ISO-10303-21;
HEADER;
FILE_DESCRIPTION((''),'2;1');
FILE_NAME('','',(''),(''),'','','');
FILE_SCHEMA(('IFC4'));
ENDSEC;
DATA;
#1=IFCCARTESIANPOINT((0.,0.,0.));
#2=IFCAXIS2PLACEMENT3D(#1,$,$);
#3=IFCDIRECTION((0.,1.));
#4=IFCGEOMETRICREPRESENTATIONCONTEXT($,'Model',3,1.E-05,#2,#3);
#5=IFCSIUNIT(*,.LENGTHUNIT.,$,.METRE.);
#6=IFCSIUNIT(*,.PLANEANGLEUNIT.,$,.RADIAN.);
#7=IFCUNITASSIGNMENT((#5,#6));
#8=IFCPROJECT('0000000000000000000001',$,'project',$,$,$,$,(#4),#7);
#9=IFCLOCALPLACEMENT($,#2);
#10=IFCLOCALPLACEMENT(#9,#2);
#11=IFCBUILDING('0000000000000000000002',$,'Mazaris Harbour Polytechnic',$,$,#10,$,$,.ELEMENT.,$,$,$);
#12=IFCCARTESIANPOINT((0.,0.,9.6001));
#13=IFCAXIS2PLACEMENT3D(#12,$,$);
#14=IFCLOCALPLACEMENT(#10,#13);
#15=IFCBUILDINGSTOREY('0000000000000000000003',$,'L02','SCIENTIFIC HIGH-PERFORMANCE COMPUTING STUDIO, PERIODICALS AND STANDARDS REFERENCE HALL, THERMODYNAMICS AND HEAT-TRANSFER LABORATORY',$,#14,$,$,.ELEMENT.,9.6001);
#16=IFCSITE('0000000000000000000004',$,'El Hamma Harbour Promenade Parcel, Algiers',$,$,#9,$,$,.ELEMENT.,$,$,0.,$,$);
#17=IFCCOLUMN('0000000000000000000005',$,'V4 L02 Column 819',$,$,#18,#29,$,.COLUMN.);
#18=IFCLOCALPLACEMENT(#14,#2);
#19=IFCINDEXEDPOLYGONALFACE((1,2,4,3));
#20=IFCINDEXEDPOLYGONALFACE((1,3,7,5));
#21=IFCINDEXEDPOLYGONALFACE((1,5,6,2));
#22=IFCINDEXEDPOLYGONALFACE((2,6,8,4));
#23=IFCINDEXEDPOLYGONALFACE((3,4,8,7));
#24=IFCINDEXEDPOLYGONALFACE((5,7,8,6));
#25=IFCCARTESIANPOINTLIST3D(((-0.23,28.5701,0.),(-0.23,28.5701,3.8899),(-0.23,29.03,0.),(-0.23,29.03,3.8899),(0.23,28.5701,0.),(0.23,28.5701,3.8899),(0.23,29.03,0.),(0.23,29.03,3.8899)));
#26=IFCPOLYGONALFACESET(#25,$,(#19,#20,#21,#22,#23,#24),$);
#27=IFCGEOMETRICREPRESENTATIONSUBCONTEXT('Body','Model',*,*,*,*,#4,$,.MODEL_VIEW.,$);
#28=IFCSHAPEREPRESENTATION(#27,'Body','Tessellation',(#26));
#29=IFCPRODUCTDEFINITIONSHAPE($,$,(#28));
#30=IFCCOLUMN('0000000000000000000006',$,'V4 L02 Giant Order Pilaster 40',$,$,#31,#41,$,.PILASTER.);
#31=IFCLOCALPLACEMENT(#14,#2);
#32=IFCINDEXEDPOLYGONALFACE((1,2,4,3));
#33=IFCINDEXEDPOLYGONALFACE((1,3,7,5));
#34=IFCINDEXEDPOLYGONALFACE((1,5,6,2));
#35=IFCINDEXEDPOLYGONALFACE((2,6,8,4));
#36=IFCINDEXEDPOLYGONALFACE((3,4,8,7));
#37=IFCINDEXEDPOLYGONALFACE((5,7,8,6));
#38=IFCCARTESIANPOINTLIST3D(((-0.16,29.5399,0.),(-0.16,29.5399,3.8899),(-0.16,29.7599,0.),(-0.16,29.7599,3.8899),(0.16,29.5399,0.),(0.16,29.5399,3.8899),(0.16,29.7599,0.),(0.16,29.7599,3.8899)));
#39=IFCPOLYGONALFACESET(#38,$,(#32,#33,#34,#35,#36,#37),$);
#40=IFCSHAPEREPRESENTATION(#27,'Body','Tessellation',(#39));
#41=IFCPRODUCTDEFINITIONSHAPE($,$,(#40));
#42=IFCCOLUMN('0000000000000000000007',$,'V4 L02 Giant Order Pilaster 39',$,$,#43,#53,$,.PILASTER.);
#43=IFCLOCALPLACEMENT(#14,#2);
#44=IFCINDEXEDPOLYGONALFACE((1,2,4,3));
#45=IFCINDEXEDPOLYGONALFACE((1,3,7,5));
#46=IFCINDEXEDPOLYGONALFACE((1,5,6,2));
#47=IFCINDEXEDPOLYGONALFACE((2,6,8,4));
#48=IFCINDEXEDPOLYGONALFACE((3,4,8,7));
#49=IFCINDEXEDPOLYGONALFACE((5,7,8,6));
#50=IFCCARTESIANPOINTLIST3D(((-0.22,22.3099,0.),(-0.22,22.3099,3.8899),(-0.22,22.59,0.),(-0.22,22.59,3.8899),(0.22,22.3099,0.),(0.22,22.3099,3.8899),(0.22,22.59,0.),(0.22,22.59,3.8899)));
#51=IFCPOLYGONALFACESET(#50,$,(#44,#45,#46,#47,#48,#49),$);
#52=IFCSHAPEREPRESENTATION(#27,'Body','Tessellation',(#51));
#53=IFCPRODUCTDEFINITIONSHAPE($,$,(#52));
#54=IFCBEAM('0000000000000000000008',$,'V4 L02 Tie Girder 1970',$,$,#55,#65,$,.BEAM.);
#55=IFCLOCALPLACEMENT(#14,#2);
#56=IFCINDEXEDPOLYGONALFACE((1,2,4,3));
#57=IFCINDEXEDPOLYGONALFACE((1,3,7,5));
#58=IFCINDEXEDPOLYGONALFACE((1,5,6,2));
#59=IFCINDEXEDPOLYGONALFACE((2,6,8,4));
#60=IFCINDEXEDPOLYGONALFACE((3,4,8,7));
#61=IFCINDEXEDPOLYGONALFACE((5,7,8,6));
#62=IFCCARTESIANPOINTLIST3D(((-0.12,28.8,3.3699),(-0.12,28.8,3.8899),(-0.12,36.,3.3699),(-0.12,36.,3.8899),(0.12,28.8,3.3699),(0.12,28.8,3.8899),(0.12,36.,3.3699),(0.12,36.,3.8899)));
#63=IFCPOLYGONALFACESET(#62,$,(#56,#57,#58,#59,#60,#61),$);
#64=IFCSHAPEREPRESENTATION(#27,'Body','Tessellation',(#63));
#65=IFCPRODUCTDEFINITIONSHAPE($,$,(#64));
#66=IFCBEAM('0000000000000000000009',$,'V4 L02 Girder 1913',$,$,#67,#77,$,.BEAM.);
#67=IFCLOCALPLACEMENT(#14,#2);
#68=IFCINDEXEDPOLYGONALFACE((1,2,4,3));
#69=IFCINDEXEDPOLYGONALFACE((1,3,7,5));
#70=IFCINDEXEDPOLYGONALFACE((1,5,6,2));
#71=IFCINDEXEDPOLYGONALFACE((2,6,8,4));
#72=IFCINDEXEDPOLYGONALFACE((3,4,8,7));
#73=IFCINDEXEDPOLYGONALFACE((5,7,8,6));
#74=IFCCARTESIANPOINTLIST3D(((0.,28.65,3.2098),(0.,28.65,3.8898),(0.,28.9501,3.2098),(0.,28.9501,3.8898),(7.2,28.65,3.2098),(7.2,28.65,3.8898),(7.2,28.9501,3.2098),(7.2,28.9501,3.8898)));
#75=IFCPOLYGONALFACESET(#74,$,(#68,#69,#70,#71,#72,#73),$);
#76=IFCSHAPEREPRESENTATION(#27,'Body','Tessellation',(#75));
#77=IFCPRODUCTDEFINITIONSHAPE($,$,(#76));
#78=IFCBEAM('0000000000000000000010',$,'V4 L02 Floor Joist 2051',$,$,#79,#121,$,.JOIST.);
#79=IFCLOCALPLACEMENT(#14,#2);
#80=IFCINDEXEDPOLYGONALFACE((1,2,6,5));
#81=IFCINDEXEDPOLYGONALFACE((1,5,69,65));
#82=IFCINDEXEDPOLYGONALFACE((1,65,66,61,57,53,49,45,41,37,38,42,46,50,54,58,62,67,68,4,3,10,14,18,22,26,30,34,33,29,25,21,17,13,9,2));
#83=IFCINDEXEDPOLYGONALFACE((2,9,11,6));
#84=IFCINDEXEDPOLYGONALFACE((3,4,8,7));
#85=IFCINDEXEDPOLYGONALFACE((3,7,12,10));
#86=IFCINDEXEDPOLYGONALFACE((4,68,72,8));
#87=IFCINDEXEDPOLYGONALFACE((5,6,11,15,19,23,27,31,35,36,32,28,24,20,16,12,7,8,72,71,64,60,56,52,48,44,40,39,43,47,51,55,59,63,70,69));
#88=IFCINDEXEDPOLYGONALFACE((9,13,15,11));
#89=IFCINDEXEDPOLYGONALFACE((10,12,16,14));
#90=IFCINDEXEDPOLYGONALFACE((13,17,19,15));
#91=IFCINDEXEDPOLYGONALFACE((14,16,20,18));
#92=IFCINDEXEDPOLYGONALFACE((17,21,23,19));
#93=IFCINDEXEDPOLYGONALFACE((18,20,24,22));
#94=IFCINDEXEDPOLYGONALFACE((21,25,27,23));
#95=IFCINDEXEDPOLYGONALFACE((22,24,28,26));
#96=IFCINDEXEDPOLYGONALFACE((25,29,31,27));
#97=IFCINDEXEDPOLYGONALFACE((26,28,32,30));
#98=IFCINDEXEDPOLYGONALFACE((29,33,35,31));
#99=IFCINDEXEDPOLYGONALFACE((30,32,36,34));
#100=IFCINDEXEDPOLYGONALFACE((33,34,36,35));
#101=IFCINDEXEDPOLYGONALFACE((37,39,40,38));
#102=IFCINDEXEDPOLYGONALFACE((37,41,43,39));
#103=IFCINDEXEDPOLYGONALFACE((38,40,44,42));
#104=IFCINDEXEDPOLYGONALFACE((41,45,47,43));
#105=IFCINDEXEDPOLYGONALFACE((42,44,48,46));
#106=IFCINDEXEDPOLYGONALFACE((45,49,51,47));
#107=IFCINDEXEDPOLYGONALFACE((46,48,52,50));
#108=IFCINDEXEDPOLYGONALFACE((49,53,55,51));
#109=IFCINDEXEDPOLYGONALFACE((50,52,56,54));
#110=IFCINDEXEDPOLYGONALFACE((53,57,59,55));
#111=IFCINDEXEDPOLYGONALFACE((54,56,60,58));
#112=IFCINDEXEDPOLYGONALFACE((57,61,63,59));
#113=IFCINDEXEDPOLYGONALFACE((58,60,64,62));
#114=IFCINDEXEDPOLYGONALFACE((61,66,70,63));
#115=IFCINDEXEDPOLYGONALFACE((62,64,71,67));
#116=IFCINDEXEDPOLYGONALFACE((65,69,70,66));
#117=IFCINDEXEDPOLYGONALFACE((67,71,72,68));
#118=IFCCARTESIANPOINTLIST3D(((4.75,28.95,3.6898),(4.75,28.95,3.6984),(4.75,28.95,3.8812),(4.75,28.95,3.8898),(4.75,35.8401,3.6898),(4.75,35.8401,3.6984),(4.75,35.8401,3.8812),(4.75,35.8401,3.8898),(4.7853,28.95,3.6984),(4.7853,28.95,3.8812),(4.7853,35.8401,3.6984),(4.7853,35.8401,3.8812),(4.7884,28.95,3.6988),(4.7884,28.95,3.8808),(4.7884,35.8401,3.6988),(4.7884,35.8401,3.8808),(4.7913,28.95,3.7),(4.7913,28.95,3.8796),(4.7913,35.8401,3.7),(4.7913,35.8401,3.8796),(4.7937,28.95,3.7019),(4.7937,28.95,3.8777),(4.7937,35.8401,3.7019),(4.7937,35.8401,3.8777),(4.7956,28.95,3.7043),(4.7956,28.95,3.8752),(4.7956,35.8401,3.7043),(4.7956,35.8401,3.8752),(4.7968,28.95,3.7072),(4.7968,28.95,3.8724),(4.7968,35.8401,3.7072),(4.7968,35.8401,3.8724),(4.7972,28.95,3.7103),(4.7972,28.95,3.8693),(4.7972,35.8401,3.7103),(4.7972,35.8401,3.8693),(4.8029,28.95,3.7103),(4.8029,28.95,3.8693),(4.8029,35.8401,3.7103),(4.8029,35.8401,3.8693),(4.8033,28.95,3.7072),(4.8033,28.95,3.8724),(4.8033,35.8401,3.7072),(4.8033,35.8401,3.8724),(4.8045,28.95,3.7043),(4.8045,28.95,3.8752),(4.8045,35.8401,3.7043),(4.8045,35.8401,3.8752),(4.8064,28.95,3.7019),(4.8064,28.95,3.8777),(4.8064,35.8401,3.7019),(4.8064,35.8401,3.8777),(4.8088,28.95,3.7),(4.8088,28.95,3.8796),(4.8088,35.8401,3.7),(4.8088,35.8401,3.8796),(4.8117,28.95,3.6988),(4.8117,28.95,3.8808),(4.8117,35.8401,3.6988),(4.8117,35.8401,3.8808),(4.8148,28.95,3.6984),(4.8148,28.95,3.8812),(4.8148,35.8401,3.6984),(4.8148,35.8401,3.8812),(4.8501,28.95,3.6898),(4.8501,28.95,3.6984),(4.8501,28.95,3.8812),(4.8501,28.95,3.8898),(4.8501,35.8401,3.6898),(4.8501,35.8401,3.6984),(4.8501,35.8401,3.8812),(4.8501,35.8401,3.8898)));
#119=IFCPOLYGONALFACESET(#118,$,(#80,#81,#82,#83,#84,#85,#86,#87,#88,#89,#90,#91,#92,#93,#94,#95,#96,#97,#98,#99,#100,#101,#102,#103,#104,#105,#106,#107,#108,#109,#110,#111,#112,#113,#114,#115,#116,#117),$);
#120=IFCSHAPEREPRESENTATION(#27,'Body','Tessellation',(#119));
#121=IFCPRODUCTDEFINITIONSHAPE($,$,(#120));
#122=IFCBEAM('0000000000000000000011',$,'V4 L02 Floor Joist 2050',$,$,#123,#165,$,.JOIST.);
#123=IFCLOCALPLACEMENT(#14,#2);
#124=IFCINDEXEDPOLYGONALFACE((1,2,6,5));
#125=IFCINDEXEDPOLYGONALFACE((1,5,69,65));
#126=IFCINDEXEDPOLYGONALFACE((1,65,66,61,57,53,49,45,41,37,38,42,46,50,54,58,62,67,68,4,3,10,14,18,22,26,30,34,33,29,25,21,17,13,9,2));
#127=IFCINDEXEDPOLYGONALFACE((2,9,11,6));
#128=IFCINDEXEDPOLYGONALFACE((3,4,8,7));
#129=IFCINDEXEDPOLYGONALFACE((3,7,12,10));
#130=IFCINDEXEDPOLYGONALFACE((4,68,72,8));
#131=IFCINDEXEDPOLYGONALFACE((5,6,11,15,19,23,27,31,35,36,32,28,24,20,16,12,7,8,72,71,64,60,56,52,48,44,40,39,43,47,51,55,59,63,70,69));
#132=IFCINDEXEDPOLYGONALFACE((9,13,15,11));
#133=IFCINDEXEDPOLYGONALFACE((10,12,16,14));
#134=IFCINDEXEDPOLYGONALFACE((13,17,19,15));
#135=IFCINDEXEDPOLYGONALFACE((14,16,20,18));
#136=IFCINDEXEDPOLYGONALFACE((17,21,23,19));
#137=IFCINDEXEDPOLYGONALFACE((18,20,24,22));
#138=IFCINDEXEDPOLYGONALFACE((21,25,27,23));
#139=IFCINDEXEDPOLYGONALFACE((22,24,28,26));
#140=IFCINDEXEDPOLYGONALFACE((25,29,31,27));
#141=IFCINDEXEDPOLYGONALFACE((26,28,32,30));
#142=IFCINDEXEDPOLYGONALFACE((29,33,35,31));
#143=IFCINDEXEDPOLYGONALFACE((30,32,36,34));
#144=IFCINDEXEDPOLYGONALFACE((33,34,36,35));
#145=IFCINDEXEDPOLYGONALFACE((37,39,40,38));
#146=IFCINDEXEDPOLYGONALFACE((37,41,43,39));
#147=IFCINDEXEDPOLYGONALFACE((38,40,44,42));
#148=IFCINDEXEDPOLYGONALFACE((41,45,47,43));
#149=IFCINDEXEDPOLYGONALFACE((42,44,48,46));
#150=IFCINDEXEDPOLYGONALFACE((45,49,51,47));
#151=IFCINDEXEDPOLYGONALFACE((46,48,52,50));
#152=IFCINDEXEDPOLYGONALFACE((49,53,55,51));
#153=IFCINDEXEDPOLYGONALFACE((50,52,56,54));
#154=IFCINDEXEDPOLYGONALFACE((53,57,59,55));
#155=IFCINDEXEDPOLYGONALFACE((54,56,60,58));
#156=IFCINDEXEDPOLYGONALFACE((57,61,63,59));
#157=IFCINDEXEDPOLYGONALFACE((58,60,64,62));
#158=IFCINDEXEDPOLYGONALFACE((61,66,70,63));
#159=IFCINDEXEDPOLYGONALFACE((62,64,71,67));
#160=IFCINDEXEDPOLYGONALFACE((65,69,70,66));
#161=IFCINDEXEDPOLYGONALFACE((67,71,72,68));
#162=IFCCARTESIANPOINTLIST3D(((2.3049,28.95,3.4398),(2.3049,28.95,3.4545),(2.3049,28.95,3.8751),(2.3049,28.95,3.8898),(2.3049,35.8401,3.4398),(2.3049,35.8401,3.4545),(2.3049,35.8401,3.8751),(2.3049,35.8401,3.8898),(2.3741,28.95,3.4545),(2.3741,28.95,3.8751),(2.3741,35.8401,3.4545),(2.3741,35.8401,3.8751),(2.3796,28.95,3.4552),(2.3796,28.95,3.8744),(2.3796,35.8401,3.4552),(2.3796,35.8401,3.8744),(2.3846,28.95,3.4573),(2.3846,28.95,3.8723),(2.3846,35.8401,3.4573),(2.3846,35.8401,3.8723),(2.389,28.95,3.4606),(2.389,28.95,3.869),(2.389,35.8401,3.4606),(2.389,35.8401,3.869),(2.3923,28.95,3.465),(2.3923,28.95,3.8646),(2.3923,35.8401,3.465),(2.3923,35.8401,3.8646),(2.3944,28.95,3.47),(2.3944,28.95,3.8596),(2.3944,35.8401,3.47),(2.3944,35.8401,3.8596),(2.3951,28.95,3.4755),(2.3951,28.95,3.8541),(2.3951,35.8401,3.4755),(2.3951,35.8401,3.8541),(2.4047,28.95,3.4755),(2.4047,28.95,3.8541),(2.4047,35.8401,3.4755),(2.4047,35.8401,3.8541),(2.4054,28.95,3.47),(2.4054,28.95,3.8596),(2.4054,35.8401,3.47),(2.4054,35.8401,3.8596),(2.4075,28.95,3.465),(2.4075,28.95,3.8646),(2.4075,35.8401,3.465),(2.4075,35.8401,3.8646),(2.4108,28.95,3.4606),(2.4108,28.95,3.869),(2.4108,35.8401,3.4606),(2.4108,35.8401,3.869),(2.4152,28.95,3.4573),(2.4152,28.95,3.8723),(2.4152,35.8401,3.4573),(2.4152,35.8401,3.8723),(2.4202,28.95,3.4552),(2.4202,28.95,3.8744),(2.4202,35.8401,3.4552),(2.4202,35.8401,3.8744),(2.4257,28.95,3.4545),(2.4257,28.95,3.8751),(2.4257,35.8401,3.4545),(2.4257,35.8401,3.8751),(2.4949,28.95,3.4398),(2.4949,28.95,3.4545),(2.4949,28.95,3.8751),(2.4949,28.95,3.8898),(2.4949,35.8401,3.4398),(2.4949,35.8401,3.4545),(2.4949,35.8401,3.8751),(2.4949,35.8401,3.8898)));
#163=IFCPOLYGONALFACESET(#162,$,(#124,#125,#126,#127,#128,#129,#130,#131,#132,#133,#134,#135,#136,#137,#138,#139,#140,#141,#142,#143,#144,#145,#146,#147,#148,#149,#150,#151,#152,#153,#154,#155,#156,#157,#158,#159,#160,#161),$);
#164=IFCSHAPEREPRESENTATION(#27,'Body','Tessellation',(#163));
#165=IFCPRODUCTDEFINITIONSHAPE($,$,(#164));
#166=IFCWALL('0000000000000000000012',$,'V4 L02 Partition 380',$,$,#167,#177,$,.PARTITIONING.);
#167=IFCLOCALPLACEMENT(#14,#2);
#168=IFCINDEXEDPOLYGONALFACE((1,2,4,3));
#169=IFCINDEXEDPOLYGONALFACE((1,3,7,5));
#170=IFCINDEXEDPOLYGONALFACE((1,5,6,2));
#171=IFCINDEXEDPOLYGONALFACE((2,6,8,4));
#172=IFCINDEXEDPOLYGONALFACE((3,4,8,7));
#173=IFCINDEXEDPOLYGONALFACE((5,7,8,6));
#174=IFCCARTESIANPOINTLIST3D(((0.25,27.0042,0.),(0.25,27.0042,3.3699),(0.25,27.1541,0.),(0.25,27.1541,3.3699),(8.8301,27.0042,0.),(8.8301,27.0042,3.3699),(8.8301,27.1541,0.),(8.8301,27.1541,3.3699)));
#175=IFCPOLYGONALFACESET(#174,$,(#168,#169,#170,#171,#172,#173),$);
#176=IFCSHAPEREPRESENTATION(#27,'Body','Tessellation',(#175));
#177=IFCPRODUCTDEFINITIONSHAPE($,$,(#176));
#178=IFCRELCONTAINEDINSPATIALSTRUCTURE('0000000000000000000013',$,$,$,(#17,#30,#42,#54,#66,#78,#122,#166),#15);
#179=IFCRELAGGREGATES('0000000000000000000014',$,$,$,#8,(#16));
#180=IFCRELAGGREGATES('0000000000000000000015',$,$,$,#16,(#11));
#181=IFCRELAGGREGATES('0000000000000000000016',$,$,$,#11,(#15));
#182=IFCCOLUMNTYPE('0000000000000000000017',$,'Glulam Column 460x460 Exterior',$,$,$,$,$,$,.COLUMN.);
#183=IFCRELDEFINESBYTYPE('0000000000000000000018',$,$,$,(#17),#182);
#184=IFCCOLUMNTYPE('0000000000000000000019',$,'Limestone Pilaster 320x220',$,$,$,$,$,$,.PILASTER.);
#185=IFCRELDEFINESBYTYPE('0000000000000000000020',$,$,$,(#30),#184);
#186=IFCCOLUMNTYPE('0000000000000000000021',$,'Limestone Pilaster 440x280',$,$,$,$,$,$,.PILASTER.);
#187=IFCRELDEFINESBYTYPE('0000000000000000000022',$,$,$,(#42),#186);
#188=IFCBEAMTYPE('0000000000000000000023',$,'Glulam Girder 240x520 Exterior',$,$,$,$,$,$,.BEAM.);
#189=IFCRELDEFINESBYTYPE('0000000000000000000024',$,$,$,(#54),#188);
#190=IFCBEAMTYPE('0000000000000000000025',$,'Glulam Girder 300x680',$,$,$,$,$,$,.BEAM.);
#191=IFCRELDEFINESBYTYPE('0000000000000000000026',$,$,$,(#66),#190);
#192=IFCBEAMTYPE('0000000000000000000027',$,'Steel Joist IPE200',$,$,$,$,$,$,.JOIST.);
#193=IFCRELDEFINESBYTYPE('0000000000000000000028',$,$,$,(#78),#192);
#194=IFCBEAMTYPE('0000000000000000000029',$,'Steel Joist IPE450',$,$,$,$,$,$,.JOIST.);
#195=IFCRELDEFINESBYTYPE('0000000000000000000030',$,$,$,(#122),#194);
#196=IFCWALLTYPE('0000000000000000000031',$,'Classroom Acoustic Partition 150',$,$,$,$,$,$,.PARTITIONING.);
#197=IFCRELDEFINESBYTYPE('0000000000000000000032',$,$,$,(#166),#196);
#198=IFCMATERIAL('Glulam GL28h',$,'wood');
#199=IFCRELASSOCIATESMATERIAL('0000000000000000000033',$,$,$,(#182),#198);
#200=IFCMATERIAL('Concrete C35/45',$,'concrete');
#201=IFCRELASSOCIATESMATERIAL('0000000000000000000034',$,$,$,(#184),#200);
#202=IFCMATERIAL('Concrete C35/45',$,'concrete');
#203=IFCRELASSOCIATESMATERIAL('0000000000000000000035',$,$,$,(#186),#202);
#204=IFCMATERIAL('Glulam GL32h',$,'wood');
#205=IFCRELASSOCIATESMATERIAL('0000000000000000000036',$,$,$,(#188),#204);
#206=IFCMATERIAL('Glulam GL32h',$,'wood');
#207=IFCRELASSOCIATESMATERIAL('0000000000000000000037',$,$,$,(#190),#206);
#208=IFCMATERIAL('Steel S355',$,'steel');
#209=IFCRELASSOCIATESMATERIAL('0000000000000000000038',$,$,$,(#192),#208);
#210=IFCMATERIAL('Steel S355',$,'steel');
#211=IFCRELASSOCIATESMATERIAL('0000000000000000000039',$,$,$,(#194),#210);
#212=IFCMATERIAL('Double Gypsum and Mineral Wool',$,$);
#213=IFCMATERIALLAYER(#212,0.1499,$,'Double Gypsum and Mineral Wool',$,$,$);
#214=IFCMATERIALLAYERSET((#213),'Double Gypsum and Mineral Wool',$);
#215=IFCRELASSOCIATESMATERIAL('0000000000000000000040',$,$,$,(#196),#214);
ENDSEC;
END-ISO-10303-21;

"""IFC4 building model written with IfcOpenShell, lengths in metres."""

from ifc_helpers import new_model, si_unit, direction, frame, frame_2d, origin, origin_2d, place, context, subcontext, project, spatial, rectangle, i_section, extrude, material, layer, layer_set, material_profile, profile_set, type_object, element, save


model = new_model("IFC4")

# Units and contexts
model_context = context("Model", 3, precision=1e-05, world=origin(), true_north=direction((0.0, 1.0)))
body_context = subcontext(model_context, "Body", "Model", "MODEL_VIEW")
ifc_project = project(units=[si_unit("LENGTHUNIT", "METRE"), si_unit("PLANEANGLEUNIT", "RADIAN")], contexts=[model_context])

# Site, building, storey
site_placement = place(None, origin())
site = spatial("IfcSite", under=ifc_project, at=site_placement, Name="El Hamma Harbour Promenade Parcel, Algiers", CompositionType="ELEMENT", RefElevation=0.0)
building_placement = place(site_placement, origin())
building = spatial("IfcBuilding", under=site, at=building_placement, Name="Mazaris Harbour Polytechnic", CompositionType="ELEMENT")
storey_placement = place(building_placement, frame((0.0, 0.0, 9.6001)))
storey = spatial("IfcBuildingStorey", under=building, at=storey_placement, Name="L02", Description="SCIENTIFIC HIGH-PERFORMANCE COMPUTING STUDIO, PERIODICALS AND STANDARDS REFERENCE HALL, THERMODYNAMICS AND HEAT-TRANSFER LABORATORY", CompositionType="ELEMENT", Elevation=9.6001)

# Columns
ifc_material_1 = material(Name="Glulam GL28h", Category="wood")
ifc_material_profile_1 = material_profile(ifc_material_1, rectangle(XDim=0.46, YDim=0.46, at=origin_2d()), Name="RECT460x460")
ifc_profile_set_1 = profile_set([ifc_material_profile_1], Name="Glulam GL28h")
column_type_1 = type_object("IfcColumnType", Name="Glulam Column 460x460 Exterior", PredefinedType="COLUMN", material=ifc_profile_set_1)
column_1_placement = place(storey_placement, frame((0.0, 28.8, 0.0), z_axis=(0.0, 0.0, 1.0), x_axis=(1.0, 0.0, 0.0)))
element("IfcColumn", 1, at=column_1_placement, inside=storey, type_object=column_type_1, Name="V4 L02 Column 819", PredefinedType="COLUMN", context=body_context, shape_type="SweptSolid", body=[
    extrude(rectangle(XDim=0.46, YDim=0.46, at=origin_2d()), origin(), (0.0, 0.0, 1.0), 3.8899),
])
ifc_material_2 = material(Name="Concrete C35/45", Category="concrete")
ifc_material_profile_2 = material_profile(ifc_material_2, rectangle(XDim=0.3201, YDim=0.22, at=origin_2d()), Name="RECT320x220")
ifc_profile_set_2 = profile_set([ifc_material_profile_2], Name="Concrete C35/45")
column_type_2 = type_object("IfcColumnType", Name="Limestone Pilaster 320x220", PredefinedType="PILASTER", material=ifc_profile_set_2)
column_2_placement = place(storey_placement, frame((0.0, 29.6499, 0.0), z_axis=(0.0, 0.0, 1.0), x_axis=(1.0, 0.0, 0.0)))
element("IfcColumn", 2, at=column_2_placement, inside=storey, type_object=column_type_2, Name="V4 L02 Giant Order Pilaster 40", PredefinedType="PILASTER", context=body_context, shape_type="SweptSolid", body=[
    extrude(rectangle(XDim=0.3201, YDim=0.22, at=origin_2d()), origin(), (0.0, 0.0, 1.0), 3.8899),
])
ifc_material_3 = material(Name="Concrete C35/45", Category="concrete")
ifc_material_profile_3 = material_profile(ifc_material_3, rectangle(XDim=0.4399, YDim=0.28, at=origin_2d()), Name="RECT440x280")
ifc_profile_set_3 = profile_set([ifc_material_profile_3], Name="Concrete C35/45")
column_type_3 = type_object("IfcColumnType", Name="Limestone Pilaster 440x280", PredefinedType="PILASTER", material=ifc_profile_set_3)
column_3_placement = place(storey_placement, frame((0.0, 22.45, 0.0), z_axis=(0.0, 0.0, 1.0), x_axis=(1.0, 0.0, 0.0)))
element("IfcColumn", 3, at=column_3_placement, inside=storey, type_object=column_type_3, Name="V4 L02 Giant Order Pilaster 39", PredefinedType="PILASTER", context=body_context, shape_type="SweptSolid", body=[
    extrude(rectangle(XDim=0.4399, YDim=0.28, at=origin_2d()), origin(), (0.0, 0.0, 1.0), 3.8899),
])

# Beams
ifc_material_4 = material(Name="Glulam GL32h", Category="wood")
ifc_material_profile_4 = material_profile(ifc_material_4, rectangle(XDim=0.24, YDim=0.52, at=origin_2d()), Name="RECT240x520")
ifc_profile_set_4 = profile_set([ifc_material_profile_4], Name="Glulam GL32h")
beam_type_1 = type_object("IfcBeamType", Name="Glulam Girder 240x520 Exterior", PredefinedType="BEAM", material=ifc_profile_set_4)
beam_1_placement = place(storey_placement, frame((0.0, 28.8, 3.6299), z_axis=(0.0, 1.0, 0.0), x_axis=(-1.0, 0.0, 0.0)))
element("IfcBeam", 4, at=beam_1_placement, inside=storey, type_object=beam_type_1, Name="V4 L02 Tie Girder 1970", PredefinedType="BEAM", context=body_context, shape_type="SweptSolid", body=[
    extrude(rectangle(XDim=0.24, YDim=0.52, at=origin_2d()), origin(), (0.0, 0.0, 1.0), 7.2),
])
ifc_material_5 = material(Name="Glulam GL32h", Category="wood")
ifc_material_profile_5 = material_profile(ifc_material_5, rectangle(XDim=0.3, YDim=0.6799, at=origin_2d()), Name="RECT300x680")
ifc_profile_set_5 = profile_set([ifc_material_profile_5], Name="Glulam GL32h")
beam_type_2 = type_object("IfcBeamType", Name="Glulam Girder 300x680", PredefinedType="BEAM", material=ifc_profile_set_5)
beam_2_placement = place(storey_placement, frame((0.0, 28.8, 3.5498), z_axis=(1.0, 0.0, 0.0), x_axis=(0.0, 1.0, 0.0)))
element("IfcBeam", 5, at=beam_2_placement, inside=storey, type_object=beam_type_2, Name="V4 L02 Girder 1913", PredefinedType="BEAM", context=body_context, shape_type="SweptSolid", body=[
    extrude(rectangle(XDim=0.3, YDim=0.6799, at=origin_2d()), origin(), (0.0, 0.0, 1.0), 7.2),
])
ifc_material_6 = material(Name="Steel S355", Category="steel")
ifc_material_profile_6 = material_profile(ifc_material_6, i_section(OverallWidth=0.1001, OverallDepth=0.2, WebThickness=0.0056, FlangeThickness=0.0085, FilletRadius=0.012, at=origin_2d()), Name="IPE 200")
ifc_profile_set_6 = profile_set([ifc_material_profile_6], Name="Steel S355")
beam_type_3 = type_object("IfcBeamType", Name="Steel Joist IPE200", PredefinedType="JOIST", material=ifc_profile_set_6)
beam_3_placement = place(storey_placement, frame((4.8, 28.95, 3.7898), z_axis=(0.0, 1.0, 0.0), x_axis=(-1.0, 0.0, 0.0)))
element("IfcBeam", 6, at=beam_3_placement, inside=storey, type_object=beam_type_3, Name="V4 L02 Floor Joist 2051", PredefinedType="JOIST", context=body_context, shape_type="SweptSolid", body=[
    extrude(i_section(OverallWidth=0.1001, OverallDepth=0.2, WebThickness=0.0056, FlangeThickness=0.0085, FilletRadius=0.012, at=origin_2d()), origin(), (0.0, 0.0, 1.0), 6.8901),
])
ifc_material_7 = material(Name="Steel S355", Category="steel")
ifc_material_profile_7 = material_profile(ifc_material_7, i_section(OverallWidth=0.1899, OverallDepth=0.45, WebThickness=0.0095, FlangeThickness=0.0146, FilletRadius=0.021, at=origin_2d()), Name="IPE 450")
ifc_profile_set_7 = profile_set([ifc_material_profile_7], Name="Steel S355")
beam_type_4 = type_object("IfcBeamType", Name="Steel Joist IPE450", PredefinedType="JOIST", material=ifc_profile_set_7)
beam_4_placement = place(storey_placement, frame((2.3999, 28.95, 3.6648), z_axis=(0.0, 1.0, 0.0), x_axis=(-1.0, 0.0, 0.0)))
element("IfcBeam", 7, at=beam_4_placement, inside=storey, type_object=beam_type_4, Name="V4 L02 Floor Joist 2050", PredefinedType="JOIST", context=body_context, shape_type="SweptSolid", body=[
    extrude(i_section(OverallWidth=0.1899, OverallDepth=0.45, WebThickness=0.0095, FlangeThickness=0.0146, FilletRadius=0.021, at=origin_2d()), origin(), (0.0, 0.0, 1.0), 6.8901),
])

# Wall
ifc_material_8 = material(Name="Double Gypsum and Mineral Wool")
ifc_layer_1 = layer(ifc_material_8, 0.1499, Name="Double Gypsum and Mineral Wool")
ifc_layer_set_1 = layer_set([ifc_layer_1], Name="Double Gypsum and Mineral Wool")
wall_type_1 = type_object("IfcWallType", Name="Classroom Acoustic Partition 150", PredefinedType="PARTITIONING", material=ifc_layer_set_1)
wall_1_placement = place(storey_placement, frame((0.25, 27.0791, 0.0), z_axis=(0.0, 0.0, 1.0), x_axis=(1.0, 0.0, 0.0)))
element("IfcWall", 8, at=wall_1_placement, inside=storey, type_object=wall_type_1, Name="V4 L02 Partition 380", PredefinedType="PARTITIONING", context=body_context, shape_type="SweptSolid", body=[
    extrude(rectangle(XDim=8.5801, YDim=0.1499, at=frame_2d((4.29, 0.0))), origin(), (0.0, 0.0, 1.0), 3.3699),
])

save(model, "model.ifc")
